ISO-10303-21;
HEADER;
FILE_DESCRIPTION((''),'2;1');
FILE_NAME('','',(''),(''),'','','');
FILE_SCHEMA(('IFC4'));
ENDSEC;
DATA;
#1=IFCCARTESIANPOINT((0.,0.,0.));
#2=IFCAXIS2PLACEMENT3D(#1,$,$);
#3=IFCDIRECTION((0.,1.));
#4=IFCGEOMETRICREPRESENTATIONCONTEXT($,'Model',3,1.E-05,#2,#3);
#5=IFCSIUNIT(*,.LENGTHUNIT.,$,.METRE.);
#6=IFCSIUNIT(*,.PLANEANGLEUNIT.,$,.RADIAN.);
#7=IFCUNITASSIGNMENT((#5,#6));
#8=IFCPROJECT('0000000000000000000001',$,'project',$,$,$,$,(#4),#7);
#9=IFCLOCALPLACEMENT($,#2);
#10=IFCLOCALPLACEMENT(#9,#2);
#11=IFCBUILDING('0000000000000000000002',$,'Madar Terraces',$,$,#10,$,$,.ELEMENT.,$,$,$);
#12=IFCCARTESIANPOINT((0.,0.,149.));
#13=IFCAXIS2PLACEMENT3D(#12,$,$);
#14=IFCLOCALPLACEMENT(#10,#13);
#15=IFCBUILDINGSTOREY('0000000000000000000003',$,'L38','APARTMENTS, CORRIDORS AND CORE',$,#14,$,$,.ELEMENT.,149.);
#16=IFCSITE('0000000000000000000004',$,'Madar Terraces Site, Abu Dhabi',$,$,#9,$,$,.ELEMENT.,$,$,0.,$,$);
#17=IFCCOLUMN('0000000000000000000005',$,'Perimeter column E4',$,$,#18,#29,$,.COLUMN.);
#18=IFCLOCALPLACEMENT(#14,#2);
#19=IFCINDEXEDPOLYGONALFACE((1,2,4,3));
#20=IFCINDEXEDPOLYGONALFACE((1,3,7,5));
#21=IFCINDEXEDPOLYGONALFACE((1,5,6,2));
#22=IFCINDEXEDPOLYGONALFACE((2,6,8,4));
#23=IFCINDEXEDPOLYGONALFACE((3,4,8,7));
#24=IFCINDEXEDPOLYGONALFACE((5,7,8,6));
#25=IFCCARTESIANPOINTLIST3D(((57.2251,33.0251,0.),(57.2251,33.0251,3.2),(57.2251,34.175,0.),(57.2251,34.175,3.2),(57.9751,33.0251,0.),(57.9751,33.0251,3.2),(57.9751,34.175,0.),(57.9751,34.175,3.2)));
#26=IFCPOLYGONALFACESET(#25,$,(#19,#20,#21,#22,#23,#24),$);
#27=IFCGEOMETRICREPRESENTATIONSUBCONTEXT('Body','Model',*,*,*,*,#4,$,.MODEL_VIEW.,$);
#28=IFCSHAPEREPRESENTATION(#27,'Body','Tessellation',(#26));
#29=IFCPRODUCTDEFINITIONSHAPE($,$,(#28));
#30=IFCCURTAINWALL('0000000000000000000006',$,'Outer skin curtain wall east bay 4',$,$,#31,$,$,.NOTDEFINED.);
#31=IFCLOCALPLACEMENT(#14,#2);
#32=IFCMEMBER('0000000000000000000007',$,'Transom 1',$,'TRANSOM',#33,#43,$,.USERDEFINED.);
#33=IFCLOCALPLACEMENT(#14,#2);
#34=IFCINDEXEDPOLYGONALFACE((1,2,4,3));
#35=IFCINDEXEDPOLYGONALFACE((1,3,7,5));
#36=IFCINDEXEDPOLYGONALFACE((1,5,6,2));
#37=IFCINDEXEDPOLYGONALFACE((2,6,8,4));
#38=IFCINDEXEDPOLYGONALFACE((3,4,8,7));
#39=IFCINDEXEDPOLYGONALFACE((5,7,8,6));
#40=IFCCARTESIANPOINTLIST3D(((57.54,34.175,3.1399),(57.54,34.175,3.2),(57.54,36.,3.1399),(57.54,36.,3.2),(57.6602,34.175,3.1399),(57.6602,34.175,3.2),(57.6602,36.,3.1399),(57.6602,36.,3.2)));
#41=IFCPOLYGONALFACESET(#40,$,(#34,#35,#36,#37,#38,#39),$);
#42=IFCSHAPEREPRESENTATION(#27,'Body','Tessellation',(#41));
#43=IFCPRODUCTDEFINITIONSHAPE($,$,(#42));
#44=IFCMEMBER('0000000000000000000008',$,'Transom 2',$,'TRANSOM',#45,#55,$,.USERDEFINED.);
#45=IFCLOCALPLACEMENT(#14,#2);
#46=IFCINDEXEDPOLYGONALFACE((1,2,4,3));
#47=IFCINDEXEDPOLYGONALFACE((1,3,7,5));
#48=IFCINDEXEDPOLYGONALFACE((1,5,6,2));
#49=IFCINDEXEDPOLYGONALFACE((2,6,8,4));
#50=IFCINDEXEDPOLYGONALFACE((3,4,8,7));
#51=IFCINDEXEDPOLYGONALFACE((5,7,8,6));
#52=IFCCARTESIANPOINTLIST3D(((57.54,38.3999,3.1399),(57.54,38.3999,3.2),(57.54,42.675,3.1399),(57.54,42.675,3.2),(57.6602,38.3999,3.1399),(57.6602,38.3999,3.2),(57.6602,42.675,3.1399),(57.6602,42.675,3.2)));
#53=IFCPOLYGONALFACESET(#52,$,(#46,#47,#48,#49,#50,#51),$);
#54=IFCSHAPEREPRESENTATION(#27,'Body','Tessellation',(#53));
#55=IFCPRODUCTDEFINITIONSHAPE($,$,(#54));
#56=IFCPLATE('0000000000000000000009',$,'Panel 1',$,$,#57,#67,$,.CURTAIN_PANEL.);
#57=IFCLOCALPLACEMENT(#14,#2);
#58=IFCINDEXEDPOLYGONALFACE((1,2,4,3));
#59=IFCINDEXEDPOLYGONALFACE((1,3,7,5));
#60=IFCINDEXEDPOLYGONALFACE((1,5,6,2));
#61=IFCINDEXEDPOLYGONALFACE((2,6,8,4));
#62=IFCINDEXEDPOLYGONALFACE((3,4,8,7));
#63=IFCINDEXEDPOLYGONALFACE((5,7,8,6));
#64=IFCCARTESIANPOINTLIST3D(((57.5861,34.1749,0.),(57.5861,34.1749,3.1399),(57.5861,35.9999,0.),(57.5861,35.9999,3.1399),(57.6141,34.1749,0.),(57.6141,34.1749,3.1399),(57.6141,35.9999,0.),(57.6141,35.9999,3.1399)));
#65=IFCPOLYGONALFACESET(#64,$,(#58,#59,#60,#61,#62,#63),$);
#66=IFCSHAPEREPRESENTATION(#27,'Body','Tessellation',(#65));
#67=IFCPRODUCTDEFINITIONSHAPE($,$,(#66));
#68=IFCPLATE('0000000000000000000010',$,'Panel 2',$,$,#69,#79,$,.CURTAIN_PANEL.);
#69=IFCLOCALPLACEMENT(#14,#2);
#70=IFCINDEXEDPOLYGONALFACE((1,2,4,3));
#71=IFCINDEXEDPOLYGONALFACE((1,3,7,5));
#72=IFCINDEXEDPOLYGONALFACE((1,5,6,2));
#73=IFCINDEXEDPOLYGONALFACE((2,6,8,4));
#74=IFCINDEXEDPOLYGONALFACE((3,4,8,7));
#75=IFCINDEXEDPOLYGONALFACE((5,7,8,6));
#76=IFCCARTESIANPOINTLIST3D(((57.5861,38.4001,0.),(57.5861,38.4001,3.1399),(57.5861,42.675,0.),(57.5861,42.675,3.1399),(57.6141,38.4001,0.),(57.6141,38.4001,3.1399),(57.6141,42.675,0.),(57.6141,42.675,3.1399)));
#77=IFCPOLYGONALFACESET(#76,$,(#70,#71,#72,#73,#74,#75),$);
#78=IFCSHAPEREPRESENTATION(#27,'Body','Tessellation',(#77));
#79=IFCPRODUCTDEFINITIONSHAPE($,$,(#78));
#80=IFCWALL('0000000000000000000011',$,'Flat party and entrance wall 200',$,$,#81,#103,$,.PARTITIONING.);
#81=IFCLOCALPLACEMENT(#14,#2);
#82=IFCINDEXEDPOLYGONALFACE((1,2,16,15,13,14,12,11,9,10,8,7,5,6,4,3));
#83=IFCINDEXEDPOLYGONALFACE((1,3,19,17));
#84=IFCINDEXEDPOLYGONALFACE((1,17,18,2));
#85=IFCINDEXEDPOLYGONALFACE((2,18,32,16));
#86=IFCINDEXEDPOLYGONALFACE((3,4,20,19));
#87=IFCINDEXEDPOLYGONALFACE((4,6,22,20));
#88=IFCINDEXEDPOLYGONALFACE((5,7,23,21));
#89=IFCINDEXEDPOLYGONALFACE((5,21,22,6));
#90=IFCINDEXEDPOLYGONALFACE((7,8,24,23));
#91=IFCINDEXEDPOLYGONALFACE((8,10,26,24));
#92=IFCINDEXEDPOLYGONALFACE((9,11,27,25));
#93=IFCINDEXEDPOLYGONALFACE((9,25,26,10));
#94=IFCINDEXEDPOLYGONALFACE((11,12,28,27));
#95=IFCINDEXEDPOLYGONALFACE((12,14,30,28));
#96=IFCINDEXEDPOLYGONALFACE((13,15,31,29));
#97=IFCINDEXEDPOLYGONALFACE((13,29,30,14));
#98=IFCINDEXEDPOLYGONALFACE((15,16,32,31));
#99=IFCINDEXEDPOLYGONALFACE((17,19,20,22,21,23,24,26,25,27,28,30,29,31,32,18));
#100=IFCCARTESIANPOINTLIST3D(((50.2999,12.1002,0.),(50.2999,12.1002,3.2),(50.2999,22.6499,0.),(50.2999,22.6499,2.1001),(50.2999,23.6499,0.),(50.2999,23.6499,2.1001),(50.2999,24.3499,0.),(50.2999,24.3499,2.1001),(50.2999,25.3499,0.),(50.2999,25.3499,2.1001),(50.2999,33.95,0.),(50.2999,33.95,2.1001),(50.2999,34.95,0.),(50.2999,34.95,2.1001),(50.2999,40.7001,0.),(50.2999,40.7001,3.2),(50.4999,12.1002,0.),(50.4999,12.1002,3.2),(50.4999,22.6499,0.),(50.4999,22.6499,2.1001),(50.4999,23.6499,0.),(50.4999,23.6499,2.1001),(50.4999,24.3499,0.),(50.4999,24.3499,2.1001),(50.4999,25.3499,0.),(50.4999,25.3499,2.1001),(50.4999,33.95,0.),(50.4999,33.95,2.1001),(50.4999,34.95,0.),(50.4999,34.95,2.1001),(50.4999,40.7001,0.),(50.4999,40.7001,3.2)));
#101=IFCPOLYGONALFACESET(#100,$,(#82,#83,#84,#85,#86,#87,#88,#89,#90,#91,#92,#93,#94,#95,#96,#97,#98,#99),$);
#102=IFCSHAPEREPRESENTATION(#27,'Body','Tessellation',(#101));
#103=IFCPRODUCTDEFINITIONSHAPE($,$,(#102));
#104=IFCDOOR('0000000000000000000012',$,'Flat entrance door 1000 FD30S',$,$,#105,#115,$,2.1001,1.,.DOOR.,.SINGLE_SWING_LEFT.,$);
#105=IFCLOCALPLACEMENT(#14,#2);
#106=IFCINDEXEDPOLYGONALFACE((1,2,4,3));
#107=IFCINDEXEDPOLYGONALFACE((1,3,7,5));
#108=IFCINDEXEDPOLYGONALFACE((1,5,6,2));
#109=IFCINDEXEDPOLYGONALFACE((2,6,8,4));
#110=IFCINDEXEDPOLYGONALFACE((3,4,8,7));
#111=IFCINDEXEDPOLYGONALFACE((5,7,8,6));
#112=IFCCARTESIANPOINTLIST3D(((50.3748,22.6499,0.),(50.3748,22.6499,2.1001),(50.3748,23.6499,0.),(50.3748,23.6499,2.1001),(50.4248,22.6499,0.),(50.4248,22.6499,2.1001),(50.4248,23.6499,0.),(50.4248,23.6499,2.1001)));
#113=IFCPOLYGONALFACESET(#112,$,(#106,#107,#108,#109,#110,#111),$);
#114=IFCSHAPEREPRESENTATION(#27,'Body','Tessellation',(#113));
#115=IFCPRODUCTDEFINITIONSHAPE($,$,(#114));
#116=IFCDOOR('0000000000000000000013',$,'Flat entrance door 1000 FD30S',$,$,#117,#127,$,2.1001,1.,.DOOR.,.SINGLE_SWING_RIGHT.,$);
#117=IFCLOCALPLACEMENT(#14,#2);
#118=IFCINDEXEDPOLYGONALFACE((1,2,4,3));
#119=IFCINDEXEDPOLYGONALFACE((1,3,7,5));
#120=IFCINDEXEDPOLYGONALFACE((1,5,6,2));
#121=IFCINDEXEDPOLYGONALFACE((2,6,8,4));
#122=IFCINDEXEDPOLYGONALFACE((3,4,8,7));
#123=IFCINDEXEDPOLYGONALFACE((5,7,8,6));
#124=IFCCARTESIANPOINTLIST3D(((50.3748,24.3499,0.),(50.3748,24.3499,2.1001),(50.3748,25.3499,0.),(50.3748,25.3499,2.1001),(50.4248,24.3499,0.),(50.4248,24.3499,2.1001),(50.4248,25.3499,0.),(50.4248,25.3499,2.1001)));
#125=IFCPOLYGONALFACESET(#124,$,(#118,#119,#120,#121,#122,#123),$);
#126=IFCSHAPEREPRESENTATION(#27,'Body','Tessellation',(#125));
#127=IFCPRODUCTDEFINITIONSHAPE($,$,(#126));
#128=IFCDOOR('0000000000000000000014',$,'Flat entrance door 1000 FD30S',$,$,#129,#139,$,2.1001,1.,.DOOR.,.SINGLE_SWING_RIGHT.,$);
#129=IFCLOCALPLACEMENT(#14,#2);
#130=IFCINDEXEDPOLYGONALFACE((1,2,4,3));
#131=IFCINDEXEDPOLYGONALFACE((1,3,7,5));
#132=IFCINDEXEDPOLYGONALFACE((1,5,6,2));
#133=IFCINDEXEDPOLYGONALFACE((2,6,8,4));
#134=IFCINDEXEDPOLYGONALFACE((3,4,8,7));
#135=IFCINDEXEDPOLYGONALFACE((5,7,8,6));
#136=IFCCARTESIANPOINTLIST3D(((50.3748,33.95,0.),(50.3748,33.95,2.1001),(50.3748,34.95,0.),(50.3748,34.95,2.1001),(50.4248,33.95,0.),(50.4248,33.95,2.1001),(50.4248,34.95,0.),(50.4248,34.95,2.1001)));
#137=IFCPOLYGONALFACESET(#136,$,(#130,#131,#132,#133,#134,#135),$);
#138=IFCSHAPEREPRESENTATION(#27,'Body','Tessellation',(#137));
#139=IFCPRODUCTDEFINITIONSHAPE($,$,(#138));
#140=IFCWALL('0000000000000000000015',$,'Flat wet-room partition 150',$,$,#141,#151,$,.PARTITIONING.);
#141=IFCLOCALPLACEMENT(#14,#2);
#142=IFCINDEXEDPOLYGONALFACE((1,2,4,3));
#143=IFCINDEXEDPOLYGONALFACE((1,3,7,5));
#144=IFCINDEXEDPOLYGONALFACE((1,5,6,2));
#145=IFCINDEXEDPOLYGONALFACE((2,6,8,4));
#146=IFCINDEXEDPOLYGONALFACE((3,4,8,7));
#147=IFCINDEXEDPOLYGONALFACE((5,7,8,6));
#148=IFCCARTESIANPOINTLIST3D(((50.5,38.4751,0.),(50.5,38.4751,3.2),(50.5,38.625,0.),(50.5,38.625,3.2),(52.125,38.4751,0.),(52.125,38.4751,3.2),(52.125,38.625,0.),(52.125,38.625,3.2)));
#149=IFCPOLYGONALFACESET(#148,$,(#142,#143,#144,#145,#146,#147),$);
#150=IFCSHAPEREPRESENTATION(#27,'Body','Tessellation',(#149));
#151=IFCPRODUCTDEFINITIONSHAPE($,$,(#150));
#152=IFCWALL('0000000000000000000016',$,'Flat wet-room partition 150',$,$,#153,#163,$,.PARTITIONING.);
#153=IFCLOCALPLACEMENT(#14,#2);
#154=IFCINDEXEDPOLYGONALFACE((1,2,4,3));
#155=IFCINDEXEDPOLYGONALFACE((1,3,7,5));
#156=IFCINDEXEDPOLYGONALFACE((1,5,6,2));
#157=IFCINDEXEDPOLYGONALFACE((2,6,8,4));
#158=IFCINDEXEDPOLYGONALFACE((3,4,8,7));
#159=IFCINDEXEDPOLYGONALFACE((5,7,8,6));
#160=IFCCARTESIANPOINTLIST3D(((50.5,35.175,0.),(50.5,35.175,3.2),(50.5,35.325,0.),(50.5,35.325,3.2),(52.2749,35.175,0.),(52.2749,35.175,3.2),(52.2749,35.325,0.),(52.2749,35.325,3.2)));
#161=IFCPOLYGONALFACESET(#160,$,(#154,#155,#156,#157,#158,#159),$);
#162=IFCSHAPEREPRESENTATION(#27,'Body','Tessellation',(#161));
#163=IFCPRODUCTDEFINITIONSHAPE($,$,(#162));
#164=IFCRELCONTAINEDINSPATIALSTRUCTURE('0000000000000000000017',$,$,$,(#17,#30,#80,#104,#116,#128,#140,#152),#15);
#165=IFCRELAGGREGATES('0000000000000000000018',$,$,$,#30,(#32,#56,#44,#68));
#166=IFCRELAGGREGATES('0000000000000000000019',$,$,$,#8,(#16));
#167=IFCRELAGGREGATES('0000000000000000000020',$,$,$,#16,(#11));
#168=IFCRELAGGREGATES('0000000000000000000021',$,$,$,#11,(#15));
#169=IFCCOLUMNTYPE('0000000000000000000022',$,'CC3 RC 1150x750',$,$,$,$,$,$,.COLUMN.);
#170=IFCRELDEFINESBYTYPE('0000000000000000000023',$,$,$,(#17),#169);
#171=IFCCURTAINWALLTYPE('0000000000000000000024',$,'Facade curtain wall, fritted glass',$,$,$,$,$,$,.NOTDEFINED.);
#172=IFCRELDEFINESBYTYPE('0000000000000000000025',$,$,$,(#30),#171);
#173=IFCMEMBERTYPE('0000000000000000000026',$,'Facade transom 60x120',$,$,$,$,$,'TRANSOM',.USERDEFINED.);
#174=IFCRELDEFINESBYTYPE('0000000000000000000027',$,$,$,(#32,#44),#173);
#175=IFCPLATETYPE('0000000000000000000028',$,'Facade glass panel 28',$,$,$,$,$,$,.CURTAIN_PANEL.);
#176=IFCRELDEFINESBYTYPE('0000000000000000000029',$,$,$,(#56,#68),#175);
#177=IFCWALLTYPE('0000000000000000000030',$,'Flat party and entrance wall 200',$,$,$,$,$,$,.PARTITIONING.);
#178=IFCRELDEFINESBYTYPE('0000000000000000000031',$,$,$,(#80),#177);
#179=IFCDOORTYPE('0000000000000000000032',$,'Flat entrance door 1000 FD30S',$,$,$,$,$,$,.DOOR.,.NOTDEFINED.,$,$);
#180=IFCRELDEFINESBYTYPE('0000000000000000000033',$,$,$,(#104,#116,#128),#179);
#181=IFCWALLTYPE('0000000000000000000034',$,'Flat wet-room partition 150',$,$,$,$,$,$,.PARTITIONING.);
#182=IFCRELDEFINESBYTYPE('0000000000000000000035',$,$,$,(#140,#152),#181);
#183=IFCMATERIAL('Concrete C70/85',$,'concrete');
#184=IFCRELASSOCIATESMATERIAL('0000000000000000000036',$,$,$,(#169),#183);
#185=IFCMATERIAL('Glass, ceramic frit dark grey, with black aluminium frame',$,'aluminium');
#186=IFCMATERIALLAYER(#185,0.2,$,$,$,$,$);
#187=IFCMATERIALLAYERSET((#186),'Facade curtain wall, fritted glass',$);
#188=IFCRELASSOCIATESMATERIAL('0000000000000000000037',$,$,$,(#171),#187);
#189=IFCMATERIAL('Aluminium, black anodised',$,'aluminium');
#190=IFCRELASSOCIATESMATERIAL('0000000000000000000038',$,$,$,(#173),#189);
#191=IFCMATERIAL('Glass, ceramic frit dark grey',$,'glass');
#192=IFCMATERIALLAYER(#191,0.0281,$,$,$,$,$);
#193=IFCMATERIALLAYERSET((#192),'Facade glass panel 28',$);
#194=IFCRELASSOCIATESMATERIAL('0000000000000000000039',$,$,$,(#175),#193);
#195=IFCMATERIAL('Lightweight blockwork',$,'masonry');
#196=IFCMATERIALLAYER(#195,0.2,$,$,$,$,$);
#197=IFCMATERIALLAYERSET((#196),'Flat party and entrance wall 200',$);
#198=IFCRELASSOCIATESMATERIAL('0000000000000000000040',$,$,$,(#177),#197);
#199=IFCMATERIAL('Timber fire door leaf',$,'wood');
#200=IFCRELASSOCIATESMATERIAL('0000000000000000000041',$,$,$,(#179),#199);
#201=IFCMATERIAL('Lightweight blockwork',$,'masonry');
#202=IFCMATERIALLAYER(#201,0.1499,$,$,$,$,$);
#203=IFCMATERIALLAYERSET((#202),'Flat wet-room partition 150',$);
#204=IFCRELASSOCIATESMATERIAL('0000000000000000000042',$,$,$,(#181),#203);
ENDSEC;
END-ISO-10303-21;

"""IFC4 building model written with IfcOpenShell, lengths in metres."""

from ifc_helpers import new_model, si_unit, direction, frame, frame_2d, origin, origin_2d, place, context, subcontext, project, spatial, rectangle, extrude, material, layer, layer_set, material_profile, profile_set, type_object, element, fill, aggregate, save


model = new_model("IFC4")

# Units and contexts
model_context = context("Model", 3, precision=1e-05, world=origin(), true_north=direction((0.0, 1.0)))
body_context = subcontext(model_context, "Body", "Model", "MODEL_VIEW")
ifc_project = project(units=[si_unit("LENGTHUNIT", "METRE"), si_unit("PLANEANGLEUNIT", "RADIAN")], contexts=[model_context])

# Site, building, storey
site_placement = place(None, origin())
site = spatial("IfcSite", under=ifc_project, at=site_placement, Name="Madar Terraces Site, Abu Dhabi", CompositionType="ELEMENT", RefElevation=0.0)
building_placement = place(site_placement, origin())
building = spatial("IfcBuilding", under=site, at=building_placement, Name="Madar Terraces", CompositionType="ELEMENT")
storey_placement = place(building_placement, frame((0.0, 0.0, 149.0)))
storey = spatial("IfcBuildingStorey", under=building, at=storey_placement, Name="L38", Description="APARTMENTS, CORRIDORS AND CORE", CompositionType="ELEMENT", Elevation=149.0)

# Column
ifc_material_1 = material(Name="Concrete C70/85", Category="concrete")
ifc_material_profile_1 = material_profile(ifc_material_1, rectangle(XDim=1.1499, YDim=0.75, at=origin_2d()), Name="CC3 RC 1150x750")
ifc_profile_set_1 = profile_set([ifc_material_profile_1], Name="Concrete C70/85")
column_type = type_object("IfcColumnType", Name="CC3 RC 1150x750", PredefinedType="COLUMN", material=ifc_profile_set_1)
column_placement = place(storey_placement, frame((57.6001, 33.6001, 0.0), z_axis=(0.0, 0.0, 1.0), x_axis=(0.0, 1.0, 0.0)))
element("IfcColumn", 1, at=column_placement, inside=storey, type_object=column_type, Name="Perimeter column E4", PredefinedType="COLUMN", context=body_context, shape_type="SweptSolid", body=[
    extrude(rectangle(XDim=1.1499, YDim=0.75, at=origin_2d()), origin(), (0.0, 0.0, 1.0), 3.2),
])

# Curtain wall, members, plates
ifc_material_2 = material(Name="Glass, ceramic frit dark grey, with black aluminium frame", Category="aluminium")
ifc_layer_1 = layer(ifc_material_2, 0.2)
ifc_layer_set_1 = layer_set([ifc_layer_1], Name="Facade curtain wall, fritted glass")
curtain_wall_type = type_object("IfcCurtainWallType", Name="Facade curtain wall, fritted glass", PredefinedType="NOTDEFINED", material=ifc_layer_set_1)
curtain_wall_placement = place(storey_placement, origin())
curtain_wall = element("IfcCurtainWall", 2, at=curtain_wall_placement, inside=storey, type_object=curtain_wall_type, Name="Outer skin curtain wall east bay 4", PredefinedType="NOTDEFINED")
ifc_material_3 = material(Name="Aluminium, black anodised", Category="aluminium")
ifc_material_profile_2 = material_profile(ifc_material_3, rectangle(XDim=0.1201, YDim=0.0601, at=origin_2d()), Name="Facade transom 60x120")
ifc_profile_set_2 = profile_set([ifc_material_profile_2], Name="Aluminium, black anodised")
member_type = type_object("IfcMemberType", Name="Facade transom 60x120", ElementType="TRANSOM", PredefinedType="USERDEFINED", material=ifc_profile_set_2)
member_1_placement = place(storey_placement, frame((57.6001, 34.175, 3.1699), z_axis=(0.0, 1.0, 0.0), x_axis=(-1.0, 0.0, 0.0)))
member_1 = element("IfcMember", 3, at=member_1_placement, type_object=member_type, Name="Transom 1", ObjectType="TRANSOM", PredefinedType="USERDEFINED", context=body_context, shape_type="SweptSolid", body=[
    extrude(rectangle(XDim=0.1201, YDim=0.0601, at=origin_2d()), origin(), (0.0, 0.0, 1.0), 1.825),
])
member_2_placement = place(storey_placement, frame((57.6001, 38.3999, 3.1699), z_axis=(0.0, 1.0, 0.0), x_axis=(-1.0, 0.0, 0.0)))
member_2 = element("IfcMember", 4, at=member_2_placement, type_object=member_type, Name="Transom 2", ObjectType="TRANSOM", PredefinedType="USERDEFINED", context=body_context, shape_type="SweptSolid", body=[
    extrude(rectangle(XDim=0.1201, YDim=0.0601, at=origin_2d()), origin(), (0.0, 0.0, 1.0), 4.2751),
])
ifc_material_4 = material(Name="Glass, ceramic frit dark grey", Category="glass")
ifc_layer_2 = layer(ifc_material_4, 0.0281)
ifc_layer_set_2 = layer_set([ifc_layer_2], Name="Facade glass panel 28")
plate_type = type_object("IfcPlateType", Name="Facade glass panel 28", PredefinedType="CURTAIN_PANEL", material=ifc_layer_set_2)
plate_1_placement = place(storey_placement, frame((57.6001, 35.0874, 0.0), z_axis=(0.0, 0.0, 1.0), x_axis=(0.0, 1.0, 0.0)))
plate_1 = element("IfcPlate", 5, at=plate_1_placement, type_object=plate_type, Name="Panel 1", PredefinedType="CURTAIN_PANEL", context=body_context, shape_type="SweptSolid", body=[
    extrude(rectangle(XDim=1.825, YDim=0.0281, at=origin_2d()), origin(), (0.0, 0.0, 1.0), 3.1399),
])
plate_2_placement = place(storey_placement, frame((57.6001, 40.5376, 0.0), z_axis=(0.0, 0.0, 1.0), x_axis=(0.0, 1.0, 0.0)))
plate_2 = element("IfcPlate", 6, at=plate_2_placement, type_object=plate_type, Name="Panel 2", PredefinedType="CURTAIN_PANEL", context=body_context, shape_type="SweptSolid", body=[
    extrude(rectangle(XDim=4.2749, YDim=0.0281, at=origin_2d()), origin(), (0.0, 0.0, 1.0), 3.1399),
])
aggregate(curtain_wall, [member_1, plate_1, member_2, plate_2])

# Wall, openings, doors
ifc_material_5 = material(Name="Lightweight blockwork", Category="masonry")
ifc_layer_3 = layer(ifc_material_5, 0.2)
ifc_layer_set_3 = layer_set([ifc_layer_3], Name="Flat party and entrance wall 200")
wall_type_1 = type_object("IfcWallType", Name="Flat party and entrance wall 200", PredefinedType="PARTITIONING", material=ifc_layer_set_3)
wall_1_placement = place(storey_placement, frame((50.3999, 40.7, 0.0), z_axis=(0.0, 0.0, 1.0), x_axis=(0.0, -1.0, 0.0)))
wall_1 = element("IfcWall", 7, at=wall_1_placement, inside=storey, type_object=wall_type_1, Name="Flat party and entrance wall 200", PredefinedType="PARTITIONING", context=body_context, shape_type="SweptSolid", body=[
    extrude(rectangle(XDim=28.5999, YDim=0.2, at=frame_2d((14.2998, 0.0))), origin(), (0.0, 0.0, 1.0), 3.2),
])
opening_1_placement = place(wall_1_placement, frame((17.05, 0.0, 0.0)))
opening_1 = element("IfcOpeningElement", 8, at=opening_1_placement, cuts=wall_1, PredefinedType="OPENING", context=body_context, shape_type="SweptSolid", body=[
    extrude(rectangle(XDim=1.0, YDim=2.1001, at=frame_2d((0.5, 1.05))), frame((0.0, 0.1099, 0.0), z_axis=(0.0, -1.0, 0.0), x_axis=(1.0, 0.0, 0.0)), (0.0, 0.0, 1.0), 0.22),
])
opening_2_placement = place(wall_1_placement, frame((15.3501, 0.0, 0.0)))
opening_2 = element("IfcOpeningElement", 9, at=opening_2_placement, cuts=wall_1, PredefinedType="OPENING", context=body_context, shape_type="SweptSolid", body=[
    extrude(rectangle(XDim=1.0, YDim=2.1001, at=frame_2d((0.5, 1.05))), frame((0.0, 0.1099, 0.0), z_axis=(0.0, -1.0, 0.0), x_axis=(1.0, 0.0, 0.0)), (0.0, 0.0, 1.0), 0.22),
])
opening_3_placement = place(wall_1_placement, frame((5.75, 0.0, 0.0)))
opening_3 = element("IfcOpeningElement", 10, at=opening_3_placement, cuts=wall_1, PredefinedType="OPENING", context=body_context, shape_type="SweptSolid", body=[
    extrude(rectangle(XDim=1.0, YDim=2.1001, at=frame_2d((0.5, 1.05))), frame((0.0, 0.1099, 0.0), z_axis=(0.0, -1.0, 0.0), x_axis=(1.0, 0.0, 0.0)), (0.0, 0.0, 1.0), 0.22),
])
ifc_material_6 = material(Name="Timber fire door leaf", Category="wood")
door_type_1 = type_object("IfcDoorType", Name="Flat entrance door 1000 FD30S", OperationType="NOTDEFINED", PredefinedType="DOOR", material=ifc_material_6)
door_1_placement = place(opening_1_placement, origin())
door_1 = element("IfcDoor", 11, at=door_1_placement, inside=storey, type_object=door_type_1, Name="Flat entrance door 1000 FD30S", OperationType="SINGLE_SWING_LEFT", OverallHeight=2.1001, OverallWidth=1.0, PredefinedType="DOOR", context=body_context, shape_type="SweptSolid", body=[
    extrude(rectangle(XDim=1.0, YDim=2.1001, at=frame_2d((0.5, 1.05))), frame((0.0, 0.0249, 0.0), z_axis=(0.0, -1.0, 0.0), x_axis=(1.0, 0.0, 0.0)), (0.0, 0.0, 1.0), 0.05),
])
fill(opening_1, door_1)
door_2_placement = place(opening_2_placement, origin())
door_2 = element("IfcDoor", 12, at=door_2_placement, inside=storey, type_object=door_type_1, Name="Flat entrance door 1000 FD30S", OperationType="SINGLE_SWING_RIGHT", OverallHeight=2.1001, OverallWidth=1.0, PredefinedType="DOOR", context=body_context, shape_type="SweptSolid", body=[
    extrude(rectangle(XDim=1.0, YDim=2.1001, at=frame_2d((0.5, 1.05))), frame((0.0, 0.0249, 0.0), z_axis=(0.0, -1.0, 0.0), x_axis=(1.0, 0.0, 0.0)), (0.0, 0.0, 1.0), 0.05),
])
fill(opening_2, door_2)
door_3_placement = place(opening_3_placement, origin())
door_3 = element("IfcDoor", 13, at=door_3_placement, inside=storey, type_object=door_type_1, Name="Flat entrance door 1000 FD30S", OperationType="SINGLE_SWING_RIGHT", OverallHeight=2.1001, OverallWidth=1.0, PredefinedType="DOOR", context=body_context, shape_type="SweptSolid", body=[
    extrude(rectangle(XDim=1.0, YDim=2.1001, at=frame_2d((0.5, 1.05))), frame((0.0, 0.0249, 0.0), z_axis=(0.0, -1.0, 0.0), x_axis=(1.0, 0.0, 0.0)), (0.0, 0.0, 1.0), 0.05),
])
fill(opening_3, door_3)

# Walls
ifc_material_7 = material(Name="Lightweight blockwork", Category="masonry")
ifc_layer_4 = layer(ifc_material_7, 0.1499)
ifc_layer_set_4 = layer_set([ifc_layer_4], Name="Flat wet-room partition 150")
wall_type_2 = type_object("IfcWallType", Name="Flat wet-room partition 150", PredefinedType="PARTITIONING", material=ifc_layer_set_4)
wall_2_placement = place(storey_placement, frame((50.5, 38.55, 0.0), z_axis=(0.0, 0.0, 1.0), x_axis=(1.0, 0.0, 0.0)))
element("IfcWall", 14, at=wall_2_placement, inside=storey, type_object=wall_type_2, Name="Flat wet-room partition 150", PredefinedType="PARTITIONING", context=body_context, shape_type="SweptSolid", body=[
    extrude(rectangle(XDim=1.625, YDim=0.1499, at=frame_2d((0.8125, 0.0))), origin(), (0.0, 0.0, 1.0), 3.2),
])
wall_3_placement = place(storey_placement, frame((50.5, 35.25, 0.0), z_axis=(0.0, 0.0, 1.0), x_axis=(1.0, 0.0, 0.0)))
element("IfcWall", 15, at=wall_3_placement, inside=storey, type_object=wall_type_2, Name="Flat wet-room partition 150", PredefinedType="PARTITIONING", context=body_context, shape_type="SweptSolid", body=[
    extrude(rectangle(XDim=1.7749, YDim=0.1499, at=frame_2d((0.8875, 0.0))), origin(), (0.0, 0.0, 1.0), 3.2),
])

save(model, "model.ifc")
